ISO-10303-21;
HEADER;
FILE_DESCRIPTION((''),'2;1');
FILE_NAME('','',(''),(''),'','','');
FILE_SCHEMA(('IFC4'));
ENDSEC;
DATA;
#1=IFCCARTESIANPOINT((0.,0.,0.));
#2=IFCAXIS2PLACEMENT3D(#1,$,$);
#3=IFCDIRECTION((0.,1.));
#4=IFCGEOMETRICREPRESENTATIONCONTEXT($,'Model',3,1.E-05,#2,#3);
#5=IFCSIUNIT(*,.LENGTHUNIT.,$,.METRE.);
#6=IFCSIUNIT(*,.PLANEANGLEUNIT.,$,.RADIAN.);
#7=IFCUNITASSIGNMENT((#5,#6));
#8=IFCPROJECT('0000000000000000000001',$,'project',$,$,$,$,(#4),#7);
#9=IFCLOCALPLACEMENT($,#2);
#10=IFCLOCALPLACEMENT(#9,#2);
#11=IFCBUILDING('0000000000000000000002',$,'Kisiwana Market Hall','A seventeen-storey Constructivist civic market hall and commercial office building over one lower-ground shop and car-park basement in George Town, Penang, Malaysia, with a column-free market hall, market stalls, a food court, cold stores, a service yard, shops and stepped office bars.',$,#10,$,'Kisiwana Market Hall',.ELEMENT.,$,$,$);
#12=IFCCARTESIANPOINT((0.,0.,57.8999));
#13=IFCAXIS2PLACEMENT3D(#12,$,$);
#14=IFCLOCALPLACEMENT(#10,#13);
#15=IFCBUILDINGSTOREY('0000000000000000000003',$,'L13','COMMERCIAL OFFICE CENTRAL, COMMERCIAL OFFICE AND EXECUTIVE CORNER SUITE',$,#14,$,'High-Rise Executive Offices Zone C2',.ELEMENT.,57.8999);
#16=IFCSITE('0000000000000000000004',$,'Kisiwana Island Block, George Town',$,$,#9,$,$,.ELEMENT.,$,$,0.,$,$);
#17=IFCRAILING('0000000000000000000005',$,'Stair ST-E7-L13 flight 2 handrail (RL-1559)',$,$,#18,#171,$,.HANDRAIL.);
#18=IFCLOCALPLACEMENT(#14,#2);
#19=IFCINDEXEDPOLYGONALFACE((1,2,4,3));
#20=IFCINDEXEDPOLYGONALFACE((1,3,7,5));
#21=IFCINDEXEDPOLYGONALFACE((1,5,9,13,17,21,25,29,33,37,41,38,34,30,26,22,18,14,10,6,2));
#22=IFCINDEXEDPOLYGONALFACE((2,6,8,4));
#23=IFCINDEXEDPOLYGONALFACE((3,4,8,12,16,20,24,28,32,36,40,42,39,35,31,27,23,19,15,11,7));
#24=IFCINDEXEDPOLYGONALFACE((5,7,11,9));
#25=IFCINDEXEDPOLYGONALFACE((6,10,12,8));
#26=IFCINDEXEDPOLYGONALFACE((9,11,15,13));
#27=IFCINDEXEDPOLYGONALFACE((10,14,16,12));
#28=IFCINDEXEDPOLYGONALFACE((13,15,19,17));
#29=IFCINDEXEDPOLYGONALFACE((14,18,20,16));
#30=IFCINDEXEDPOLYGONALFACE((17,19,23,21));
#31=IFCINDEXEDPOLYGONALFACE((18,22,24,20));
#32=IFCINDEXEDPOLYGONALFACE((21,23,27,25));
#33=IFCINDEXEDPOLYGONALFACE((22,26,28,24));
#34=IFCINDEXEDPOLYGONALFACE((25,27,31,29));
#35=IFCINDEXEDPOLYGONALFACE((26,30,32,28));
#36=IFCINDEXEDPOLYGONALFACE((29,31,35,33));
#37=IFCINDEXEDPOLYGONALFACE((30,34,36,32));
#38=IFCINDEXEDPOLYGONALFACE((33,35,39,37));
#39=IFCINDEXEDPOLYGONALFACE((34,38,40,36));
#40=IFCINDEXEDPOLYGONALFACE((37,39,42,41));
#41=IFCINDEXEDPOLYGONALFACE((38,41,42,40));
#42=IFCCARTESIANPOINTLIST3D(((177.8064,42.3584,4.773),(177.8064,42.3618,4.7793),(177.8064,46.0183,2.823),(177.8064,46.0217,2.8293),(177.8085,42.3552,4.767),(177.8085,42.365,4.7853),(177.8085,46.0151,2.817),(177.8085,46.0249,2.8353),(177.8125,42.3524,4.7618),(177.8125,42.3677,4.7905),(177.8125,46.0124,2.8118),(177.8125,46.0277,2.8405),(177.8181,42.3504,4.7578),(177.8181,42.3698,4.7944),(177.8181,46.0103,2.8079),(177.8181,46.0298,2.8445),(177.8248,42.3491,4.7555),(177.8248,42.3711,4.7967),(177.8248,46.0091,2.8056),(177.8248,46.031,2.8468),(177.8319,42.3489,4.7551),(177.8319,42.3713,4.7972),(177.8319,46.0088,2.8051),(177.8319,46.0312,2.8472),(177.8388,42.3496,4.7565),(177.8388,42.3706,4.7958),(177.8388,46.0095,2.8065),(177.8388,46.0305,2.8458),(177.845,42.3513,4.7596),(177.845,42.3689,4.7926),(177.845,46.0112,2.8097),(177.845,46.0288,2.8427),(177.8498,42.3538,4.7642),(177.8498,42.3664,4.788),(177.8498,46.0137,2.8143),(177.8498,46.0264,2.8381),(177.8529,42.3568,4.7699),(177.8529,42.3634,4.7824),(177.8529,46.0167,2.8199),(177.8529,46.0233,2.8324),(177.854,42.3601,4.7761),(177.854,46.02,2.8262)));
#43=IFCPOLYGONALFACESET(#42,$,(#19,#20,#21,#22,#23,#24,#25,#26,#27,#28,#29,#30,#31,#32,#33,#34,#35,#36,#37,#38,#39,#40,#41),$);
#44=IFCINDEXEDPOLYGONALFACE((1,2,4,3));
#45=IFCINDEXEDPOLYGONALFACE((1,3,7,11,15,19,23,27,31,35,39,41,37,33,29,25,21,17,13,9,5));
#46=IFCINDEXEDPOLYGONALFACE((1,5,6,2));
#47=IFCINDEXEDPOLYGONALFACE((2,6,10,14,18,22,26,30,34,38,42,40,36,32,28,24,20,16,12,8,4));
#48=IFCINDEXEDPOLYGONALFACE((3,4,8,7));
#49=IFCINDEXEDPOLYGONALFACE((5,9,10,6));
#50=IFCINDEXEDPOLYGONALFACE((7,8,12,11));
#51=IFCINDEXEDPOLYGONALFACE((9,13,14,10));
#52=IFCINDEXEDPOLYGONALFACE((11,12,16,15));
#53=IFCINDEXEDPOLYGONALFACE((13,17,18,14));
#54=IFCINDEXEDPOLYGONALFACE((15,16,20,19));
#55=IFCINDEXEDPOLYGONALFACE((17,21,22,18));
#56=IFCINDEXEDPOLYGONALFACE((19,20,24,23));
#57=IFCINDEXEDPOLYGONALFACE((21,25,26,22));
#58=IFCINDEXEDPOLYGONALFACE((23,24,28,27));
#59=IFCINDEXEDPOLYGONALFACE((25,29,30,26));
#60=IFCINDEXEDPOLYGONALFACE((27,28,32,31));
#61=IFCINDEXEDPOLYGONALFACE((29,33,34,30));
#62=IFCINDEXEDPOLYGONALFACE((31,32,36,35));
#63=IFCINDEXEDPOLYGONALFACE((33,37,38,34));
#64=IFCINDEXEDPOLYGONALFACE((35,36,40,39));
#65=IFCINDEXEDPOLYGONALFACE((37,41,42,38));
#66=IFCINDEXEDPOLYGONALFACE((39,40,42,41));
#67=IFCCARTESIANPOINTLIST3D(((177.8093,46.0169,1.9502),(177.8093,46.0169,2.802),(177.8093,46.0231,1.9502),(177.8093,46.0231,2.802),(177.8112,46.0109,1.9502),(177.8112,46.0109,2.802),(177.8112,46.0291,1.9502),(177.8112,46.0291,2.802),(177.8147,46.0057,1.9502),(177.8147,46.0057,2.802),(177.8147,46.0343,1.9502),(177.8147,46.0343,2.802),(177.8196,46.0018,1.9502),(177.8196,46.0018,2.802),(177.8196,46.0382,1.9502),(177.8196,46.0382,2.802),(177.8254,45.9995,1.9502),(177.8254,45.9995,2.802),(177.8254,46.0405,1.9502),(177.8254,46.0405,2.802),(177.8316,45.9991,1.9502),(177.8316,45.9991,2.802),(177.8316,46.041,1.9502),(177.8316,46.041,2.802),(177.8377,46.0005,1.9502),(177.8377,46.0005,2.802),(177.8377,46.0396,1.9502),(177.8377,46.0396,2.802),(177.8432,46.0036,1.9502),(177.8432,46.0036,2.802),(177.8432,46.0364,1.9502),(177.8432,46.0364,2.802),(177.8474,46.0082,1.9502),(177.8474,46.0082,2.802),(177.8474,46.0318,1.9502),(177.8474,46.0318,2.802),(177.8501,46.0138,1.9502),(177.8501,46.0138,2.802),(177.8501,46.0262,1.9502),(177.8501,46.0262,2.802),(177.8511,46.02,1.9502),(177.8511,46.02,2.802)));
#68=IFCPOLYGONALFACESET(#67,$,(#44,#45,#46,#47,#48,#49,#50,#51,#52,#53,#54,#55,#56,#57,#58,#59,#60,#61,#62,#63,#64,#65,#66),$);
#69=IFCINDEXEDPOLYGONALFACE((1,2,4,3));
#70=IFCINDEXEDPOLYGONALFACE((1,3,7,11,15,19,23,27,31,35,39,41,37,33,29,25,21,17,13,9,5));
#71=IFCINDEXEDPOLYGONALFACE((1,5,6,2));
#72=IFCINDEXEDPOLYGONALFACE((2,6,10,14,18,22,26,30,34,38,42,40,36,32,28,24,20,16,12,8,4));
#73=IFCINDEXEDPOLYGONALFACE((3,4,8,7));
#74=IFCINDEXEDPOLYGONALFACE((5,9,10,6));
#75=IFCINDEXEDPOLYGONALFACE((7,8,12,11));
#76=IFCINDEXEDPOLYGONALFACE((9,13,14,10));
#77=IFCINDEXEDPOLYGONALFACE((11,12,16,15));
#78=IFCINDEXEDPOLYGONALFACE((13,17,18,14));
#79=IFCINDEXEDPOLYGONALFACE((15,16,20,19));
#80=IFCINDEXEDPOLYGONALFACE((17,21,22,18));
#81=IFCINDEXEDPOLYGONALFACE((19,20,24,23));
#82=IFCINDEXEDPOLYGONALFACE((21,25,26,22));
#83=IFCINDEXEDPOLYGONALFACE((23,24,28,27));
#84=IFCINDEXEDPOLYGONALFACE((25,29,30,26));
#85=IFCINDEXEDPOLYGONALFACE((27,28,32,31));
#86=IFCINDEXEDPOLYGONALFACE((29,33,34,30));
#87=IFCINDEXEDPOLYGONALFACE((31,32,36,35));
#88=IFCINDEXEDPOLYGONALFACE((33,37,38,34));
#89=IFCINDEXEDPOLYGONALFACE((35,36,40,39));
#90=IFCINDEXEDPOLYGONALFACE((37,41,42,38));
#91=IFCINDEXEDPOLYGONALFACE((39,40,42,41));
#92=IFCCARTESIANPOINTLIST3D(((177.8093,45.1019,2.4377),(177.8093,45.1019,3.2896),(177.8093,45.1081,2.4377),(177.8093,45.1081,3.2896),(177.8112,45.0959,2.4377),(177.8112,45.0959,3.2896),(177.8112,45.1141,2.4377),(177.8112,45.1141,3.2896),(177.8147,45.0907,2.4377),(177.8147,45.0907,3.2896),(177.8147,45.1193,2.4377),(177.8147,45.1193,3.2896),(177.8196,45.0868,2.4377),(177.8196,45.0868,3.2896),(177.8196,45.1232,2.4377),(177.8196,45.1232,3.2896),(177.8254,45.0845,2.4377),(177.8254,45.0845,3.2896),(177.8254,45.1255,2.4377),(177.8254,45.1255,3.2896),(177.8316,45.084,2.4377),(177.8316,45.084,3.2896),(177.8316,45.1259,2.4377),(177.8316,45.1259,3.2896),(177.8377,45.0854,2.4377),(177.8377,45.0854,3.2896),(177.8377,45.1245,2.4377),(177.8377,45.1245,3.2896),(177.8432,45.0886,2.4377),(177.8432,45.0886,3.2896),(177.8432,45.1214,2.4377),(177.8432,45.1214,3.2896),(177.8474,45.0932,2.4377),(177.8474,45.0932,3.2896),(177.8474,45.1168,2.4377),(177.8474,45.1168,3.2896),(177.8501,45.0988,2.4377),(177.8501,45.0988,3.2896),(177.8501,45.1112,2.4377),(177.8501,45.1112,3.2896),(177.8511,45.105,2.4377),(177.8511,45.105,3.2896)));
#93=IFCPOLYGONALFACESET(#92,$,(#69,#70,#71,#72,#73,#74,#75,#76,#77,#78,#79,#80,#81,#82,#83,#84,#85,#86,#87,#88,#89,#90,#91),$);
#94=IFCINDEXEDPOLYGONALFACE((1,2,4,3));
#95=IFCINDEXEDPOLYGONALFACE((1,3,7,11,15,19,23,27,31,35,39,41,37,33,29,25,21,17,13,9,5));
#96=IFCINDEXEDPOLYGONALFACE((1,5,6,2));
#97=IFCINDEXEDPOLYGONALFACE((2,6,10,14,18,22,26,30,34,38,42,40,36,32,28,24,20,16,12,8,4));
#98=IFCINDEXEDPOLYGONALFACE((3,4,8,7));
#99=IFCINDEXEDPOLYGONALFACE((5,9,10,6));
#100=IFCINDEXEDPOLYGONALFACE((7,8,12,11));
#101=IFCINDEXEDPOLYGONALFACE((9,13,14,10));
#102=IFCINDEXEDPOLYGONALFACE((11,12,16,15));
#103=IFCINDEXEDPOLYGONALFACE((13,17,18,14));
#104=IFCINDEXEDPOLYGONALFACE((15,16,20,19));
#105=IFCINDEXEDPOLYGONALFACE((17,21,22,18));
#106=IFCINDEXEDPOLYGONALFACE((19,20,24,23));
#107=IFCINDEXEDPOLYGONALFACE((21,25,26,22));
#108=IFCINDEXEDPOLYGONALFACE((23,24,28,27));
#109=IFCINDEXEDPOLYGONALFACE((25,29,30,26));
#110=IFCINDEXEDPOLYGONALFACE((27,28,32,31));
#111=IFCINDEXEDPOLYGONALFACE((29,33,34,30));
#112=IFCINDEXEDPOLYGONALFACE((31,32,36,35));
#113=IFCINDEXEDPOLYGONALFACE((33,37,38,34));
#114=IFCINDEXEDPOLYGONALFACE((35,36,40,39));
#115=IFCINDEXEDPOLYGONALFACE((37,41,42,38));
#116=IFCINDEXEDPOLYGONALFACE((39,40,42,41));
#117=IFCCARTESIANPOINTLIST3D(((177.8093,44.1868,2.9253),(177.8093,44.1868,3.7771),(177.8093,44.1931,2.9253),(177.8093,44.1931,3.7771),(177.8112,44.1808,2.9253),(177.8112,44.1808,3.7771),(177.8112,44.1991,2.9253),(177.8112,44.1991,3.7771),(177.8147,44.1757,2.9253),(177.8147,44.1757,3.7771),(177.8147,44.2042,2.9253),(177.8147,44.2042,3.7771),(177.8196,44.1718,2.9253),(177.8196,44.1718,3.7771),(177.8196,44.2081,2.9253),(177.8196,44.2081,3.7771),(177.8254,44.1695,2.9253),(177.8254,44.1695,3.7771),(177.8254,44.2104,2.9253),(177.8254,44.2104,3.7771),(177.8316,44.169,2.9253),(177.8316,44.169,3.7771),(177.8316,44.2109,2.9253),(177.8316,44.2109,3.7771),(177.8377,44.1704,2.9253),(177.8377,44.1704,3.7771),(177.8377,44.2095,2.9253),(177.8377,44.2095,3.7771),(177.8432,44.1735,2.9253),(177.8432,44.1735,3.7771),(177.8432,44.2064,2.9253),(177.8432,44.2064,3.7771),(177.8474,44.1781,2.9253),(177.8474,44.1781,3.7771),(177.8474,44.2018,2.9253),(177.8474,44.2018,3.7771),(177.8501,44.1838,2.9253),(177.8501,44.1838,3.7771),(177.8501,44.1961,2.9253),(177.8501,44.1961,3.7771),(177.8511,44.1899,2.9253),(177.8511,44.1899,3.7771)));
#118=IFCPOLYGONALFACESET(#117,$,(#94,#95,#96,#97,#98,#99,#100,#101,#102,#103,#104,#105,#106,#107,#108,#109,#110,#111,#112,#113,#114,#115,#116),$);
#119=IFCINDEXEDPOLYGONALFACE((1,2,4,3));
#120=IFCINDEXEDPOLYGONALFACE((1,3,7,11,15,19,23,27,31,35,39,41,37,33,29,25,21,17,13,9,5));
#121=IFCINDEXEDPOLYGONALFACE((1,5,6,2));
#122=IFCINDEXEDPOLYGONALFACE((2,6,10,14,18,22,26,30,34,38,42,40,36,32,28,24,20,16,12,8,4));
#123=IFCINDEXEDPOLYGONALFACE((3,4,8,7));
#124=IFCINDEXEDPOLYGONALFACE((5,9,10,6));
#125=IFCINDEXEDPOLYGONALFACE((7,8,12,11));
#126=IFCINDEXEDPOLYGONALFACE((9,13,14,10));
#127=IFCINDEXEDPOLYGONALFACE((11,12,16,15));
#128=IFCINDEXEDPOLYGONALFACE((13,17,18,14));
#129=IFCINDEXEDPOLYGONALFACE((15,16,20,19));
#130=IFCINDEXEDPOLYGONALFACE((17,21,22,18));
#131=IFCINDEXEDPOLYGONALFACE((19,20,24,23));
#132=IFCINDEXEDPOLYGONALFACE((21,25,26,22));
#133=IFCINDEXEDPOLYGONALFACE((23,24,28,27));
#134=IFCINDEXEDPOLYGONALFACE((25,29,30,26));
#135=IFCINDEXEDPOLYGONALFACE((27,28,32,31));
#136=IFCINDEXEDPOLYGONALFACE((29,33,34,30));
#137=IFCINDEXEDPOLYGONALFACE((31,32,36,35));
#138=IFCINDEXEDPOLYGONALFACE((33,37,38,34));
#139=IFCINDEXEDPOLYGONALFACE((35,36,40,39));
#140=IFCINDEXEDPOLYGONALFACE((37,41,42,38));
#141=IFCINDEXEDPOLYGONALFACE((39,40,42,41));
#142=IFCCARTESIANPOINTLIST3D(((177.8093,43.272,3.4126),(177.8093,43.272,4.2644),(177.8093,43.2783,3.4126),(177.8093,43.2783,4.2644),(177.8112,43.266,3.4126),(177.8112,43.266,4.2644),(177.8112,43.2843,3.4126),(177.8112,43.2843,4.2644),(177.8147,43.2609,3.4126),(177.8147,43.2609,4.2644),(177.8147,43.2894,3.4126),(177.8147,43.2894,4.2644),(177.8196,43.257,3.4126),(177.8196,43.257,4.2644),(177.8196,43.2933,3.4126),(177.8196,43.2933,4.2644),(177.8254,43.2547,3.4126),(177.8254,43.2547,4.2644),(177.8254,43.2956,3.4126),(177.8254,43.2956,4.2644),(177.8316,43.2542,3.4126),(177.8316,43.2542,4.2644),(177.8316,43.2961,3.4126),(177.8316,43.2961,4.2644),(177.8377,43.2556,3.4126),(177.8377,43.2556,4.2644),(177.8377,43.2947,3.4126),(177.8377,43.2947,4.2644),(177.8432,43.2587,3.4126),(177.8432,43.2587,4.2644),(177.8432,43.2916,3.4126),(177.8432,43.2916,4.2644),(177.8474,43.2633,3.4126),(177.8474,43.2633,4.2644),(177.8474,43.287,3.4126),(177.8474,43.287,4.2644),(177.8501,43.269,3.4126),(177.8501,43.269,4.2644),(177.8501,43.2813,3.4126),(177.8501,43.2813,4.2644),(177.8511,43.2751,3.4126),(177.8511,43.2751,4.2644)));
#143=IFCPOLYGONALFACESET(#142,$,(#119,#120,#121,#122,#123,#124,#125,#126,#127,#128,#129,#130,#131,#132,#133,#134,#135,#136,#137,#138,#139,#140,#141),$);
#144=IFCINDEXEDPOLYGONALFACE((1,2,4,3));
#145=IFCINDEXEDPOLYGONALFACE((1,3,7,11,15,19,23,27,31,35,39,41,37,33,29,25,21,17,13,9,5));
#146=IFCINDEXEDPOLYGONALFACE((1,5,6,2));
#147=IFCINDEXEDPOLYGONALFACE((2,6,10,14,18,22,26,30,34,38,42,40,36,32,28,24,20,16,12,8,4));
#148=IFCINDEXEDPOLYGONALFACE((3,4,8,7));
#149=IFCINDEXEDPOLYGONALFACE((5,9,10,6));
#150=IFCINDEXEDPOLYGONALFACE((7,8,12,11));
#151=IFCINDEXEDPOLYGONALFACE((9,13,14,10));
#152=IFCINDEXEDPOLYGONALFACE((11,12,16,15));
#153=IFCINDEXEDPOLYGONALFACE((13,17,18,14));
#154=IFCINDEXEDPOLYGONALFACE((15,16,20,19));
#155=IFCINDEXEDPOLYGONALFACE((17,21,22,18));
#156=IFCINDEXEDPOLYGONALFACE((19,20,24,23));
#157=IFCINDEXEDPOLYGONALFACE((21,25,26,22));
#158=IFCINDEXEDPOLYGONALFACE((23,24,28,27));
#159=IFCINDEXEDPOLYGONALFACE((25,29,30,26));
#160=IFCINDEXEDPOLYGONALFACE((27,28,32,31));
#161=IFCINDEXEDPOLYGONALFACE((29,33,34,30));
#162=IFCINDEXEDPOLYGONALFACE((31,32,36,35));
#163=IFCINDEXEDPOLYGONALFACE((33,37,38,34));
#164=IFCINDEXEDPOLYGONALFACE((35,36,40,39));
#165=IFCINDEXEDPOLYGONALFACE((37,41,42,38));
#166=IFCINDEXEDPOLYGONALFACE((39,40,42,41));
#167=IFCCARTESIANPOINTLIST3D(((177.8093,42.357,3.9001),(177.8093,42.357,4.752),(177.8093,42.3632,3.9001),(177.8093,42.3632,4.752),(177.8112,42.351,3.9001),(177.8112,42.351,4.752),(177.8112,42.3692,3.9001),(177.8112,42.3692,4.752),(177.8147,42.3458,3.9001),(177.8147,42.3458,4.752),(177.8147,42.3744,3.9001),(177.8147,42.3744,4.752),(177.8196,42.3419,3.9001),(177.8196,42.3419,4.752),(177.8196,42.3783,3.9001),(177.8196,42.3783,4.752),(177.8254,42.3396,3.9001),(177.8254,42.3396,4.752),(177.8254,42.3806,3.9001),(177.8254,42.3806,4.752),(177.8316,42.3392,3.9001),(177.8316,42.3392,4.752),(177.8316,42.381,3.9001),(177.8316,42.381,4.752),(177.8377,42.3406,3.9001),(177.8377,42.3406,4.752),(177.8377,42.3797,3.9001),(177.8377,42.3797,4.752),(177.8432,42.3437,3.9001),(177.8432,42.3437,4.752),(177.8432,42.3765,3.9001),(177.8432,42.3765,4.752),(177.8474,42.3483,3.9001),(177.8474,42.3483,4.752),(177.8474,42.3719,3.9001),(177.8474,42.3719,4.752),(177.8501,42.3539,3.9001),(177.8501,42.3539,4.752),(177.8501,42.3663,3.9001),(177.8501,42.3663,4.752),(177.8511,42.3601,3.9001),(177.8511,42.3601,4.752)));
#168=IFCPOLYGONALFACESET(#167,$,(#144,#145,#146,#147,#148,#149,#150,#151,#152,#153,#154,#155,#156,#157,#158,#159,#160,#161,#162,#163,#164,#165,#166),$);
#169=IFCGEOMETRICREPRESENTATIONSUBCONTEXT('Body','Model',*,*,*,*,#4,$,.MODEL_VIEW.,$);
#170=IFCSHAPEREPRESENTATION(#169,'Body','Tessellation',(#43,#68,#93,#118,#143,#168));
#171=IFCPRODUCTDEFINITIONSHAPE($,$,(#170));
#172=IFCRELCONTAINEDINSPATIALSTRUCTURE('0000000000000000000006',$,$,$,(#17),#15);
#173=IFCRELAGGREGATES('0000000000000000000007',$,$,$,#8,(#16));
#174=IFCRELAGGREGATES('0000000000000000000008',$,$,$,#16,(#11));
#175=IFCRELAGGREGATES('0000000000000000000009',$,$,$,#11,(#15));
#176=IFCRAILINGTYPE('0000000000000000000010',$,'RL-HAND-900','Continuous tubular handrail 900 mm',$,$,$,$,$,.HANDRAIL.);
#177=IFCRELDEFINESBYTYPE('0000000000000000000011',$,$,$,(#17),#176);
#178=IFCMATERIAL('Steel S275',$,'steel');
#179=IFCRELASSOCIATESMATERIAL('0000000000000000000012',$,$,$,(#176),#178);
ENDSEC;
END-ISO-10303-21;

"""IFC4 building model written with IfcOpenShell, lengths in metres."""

from ifc_helpers import new_model, si_unit, direction, frame, origin, origin_2d, place, context, subcontext, project, spatial, circle, extrude, material, type_object, element, save


model = new_model("IFC4")

# Units and contexts
model_context = context("Model", 3, precision=1e-05, world=origin(), true_north=direction((0.0, 1.0)))
body_context = subcontext(model_context, "Body", "Model", "MODEL_VIEW")
ifc_project = project(units=[si_unit("LENGTHUNIT", "METRE"), si_unit("PLANEANGLEUNIT", "RADIAN")], contexts=[model_context])

# Site, building, storey
site_placement = place(None, origin())
site = spatial("IfcSite", under=ifc_project, at=site_placement, Name="Kisiwana Island Block, George Town", CompositionType="ELEMENT", RefElevation=0.0)
building_placement = place(site_placement, origin())
building = spatial("IfcBuilding", under=site, at=building_placement, Name="Kisiwana Market Hall", Description="A seventeen-storey Constructivist civic market hall and commercial office building over one lower-ground shop and car-park basement in George Town, Penang, Malaysia, with a column-free market hall, market stalls, a food court, cold stores, a service yard, shops and stepped office bars.", LongName="Kisiwana Market Hall", CompositionType="ELEMENT")
storey_placement = place(building_placement, frame((0.0, 0.0, 57.8999)))
storey = spatial("IfcBuildingStorey", under=building, at=storey_placement, Name="L13", Description="COMMERCIAL OFFICE CENTRAL, COMMERCIAL OFFICE AND EXECUTIVE CORNER SUITE", LongName="High-Rise Executive Offices Zone C2", CompositionType="ELEMENT", Elevation=57.8999)

# Railing
ifc_material_1 = material(Name="Steel S275", Category="steel")
railing_type_1 = type_object("IfcRailingType", Name="RL-HAND-900", Description="Continuous tubular handrail 900 mm", PredefinedType="HANDRAIL", material=ifc_material_1)
railing_1_placement = place(storey_placement, frame((177.8301, 46.02, 1.9502)))
element("IfcRailing", 1, at=railing_1_placement, inside=storey, type_object=railing_type_1, Name="Stair ST-E7-L13 flight 2 handrail (RL-1559)", PredefinedType="HANDRAIL", context=body_context, shape_type="SweptSolid", body=[
    extrude(circle(Radius=0.0239, at=origin_2d()), frame((0.0, 0.0, 0.876), z_axis=(0.0, -0.882553, 0.470212), x_axis=(1.0, 0.0, 0.0)), (0.0, 0.0, 1.0), 4.147),
    extrude(circle(Radius=0.021, at=origin_2d()), origin(), (0.0, 0.0, 1.0), 0.8518),
    extrude(circle(Radius=0.021, at=origin_2d()), frame((0.0, -0.915, 0.4875)), (0.0, 0.0, 1.0), 0.8518),
    extrude(circle(Radius=0.021, at=origin_2d()), frame((0.0, -1.8301, 0.9751)), (0.0, 0.0, 1.0), 0.8518),
    extrude(circle(Radius=0.021, at=origin_2d()), frame((0.0, -2.7449, 1.4624)), (0.0, 0.0, 1.0), 0.8518),
    extrude(circle(Radius=0.021, at=origin_2d()), frame((0.0, -3.6599, 1.95)), (0.0, 0.0, 1.0), 0.8518),
])

save(model, "model.ifc")
